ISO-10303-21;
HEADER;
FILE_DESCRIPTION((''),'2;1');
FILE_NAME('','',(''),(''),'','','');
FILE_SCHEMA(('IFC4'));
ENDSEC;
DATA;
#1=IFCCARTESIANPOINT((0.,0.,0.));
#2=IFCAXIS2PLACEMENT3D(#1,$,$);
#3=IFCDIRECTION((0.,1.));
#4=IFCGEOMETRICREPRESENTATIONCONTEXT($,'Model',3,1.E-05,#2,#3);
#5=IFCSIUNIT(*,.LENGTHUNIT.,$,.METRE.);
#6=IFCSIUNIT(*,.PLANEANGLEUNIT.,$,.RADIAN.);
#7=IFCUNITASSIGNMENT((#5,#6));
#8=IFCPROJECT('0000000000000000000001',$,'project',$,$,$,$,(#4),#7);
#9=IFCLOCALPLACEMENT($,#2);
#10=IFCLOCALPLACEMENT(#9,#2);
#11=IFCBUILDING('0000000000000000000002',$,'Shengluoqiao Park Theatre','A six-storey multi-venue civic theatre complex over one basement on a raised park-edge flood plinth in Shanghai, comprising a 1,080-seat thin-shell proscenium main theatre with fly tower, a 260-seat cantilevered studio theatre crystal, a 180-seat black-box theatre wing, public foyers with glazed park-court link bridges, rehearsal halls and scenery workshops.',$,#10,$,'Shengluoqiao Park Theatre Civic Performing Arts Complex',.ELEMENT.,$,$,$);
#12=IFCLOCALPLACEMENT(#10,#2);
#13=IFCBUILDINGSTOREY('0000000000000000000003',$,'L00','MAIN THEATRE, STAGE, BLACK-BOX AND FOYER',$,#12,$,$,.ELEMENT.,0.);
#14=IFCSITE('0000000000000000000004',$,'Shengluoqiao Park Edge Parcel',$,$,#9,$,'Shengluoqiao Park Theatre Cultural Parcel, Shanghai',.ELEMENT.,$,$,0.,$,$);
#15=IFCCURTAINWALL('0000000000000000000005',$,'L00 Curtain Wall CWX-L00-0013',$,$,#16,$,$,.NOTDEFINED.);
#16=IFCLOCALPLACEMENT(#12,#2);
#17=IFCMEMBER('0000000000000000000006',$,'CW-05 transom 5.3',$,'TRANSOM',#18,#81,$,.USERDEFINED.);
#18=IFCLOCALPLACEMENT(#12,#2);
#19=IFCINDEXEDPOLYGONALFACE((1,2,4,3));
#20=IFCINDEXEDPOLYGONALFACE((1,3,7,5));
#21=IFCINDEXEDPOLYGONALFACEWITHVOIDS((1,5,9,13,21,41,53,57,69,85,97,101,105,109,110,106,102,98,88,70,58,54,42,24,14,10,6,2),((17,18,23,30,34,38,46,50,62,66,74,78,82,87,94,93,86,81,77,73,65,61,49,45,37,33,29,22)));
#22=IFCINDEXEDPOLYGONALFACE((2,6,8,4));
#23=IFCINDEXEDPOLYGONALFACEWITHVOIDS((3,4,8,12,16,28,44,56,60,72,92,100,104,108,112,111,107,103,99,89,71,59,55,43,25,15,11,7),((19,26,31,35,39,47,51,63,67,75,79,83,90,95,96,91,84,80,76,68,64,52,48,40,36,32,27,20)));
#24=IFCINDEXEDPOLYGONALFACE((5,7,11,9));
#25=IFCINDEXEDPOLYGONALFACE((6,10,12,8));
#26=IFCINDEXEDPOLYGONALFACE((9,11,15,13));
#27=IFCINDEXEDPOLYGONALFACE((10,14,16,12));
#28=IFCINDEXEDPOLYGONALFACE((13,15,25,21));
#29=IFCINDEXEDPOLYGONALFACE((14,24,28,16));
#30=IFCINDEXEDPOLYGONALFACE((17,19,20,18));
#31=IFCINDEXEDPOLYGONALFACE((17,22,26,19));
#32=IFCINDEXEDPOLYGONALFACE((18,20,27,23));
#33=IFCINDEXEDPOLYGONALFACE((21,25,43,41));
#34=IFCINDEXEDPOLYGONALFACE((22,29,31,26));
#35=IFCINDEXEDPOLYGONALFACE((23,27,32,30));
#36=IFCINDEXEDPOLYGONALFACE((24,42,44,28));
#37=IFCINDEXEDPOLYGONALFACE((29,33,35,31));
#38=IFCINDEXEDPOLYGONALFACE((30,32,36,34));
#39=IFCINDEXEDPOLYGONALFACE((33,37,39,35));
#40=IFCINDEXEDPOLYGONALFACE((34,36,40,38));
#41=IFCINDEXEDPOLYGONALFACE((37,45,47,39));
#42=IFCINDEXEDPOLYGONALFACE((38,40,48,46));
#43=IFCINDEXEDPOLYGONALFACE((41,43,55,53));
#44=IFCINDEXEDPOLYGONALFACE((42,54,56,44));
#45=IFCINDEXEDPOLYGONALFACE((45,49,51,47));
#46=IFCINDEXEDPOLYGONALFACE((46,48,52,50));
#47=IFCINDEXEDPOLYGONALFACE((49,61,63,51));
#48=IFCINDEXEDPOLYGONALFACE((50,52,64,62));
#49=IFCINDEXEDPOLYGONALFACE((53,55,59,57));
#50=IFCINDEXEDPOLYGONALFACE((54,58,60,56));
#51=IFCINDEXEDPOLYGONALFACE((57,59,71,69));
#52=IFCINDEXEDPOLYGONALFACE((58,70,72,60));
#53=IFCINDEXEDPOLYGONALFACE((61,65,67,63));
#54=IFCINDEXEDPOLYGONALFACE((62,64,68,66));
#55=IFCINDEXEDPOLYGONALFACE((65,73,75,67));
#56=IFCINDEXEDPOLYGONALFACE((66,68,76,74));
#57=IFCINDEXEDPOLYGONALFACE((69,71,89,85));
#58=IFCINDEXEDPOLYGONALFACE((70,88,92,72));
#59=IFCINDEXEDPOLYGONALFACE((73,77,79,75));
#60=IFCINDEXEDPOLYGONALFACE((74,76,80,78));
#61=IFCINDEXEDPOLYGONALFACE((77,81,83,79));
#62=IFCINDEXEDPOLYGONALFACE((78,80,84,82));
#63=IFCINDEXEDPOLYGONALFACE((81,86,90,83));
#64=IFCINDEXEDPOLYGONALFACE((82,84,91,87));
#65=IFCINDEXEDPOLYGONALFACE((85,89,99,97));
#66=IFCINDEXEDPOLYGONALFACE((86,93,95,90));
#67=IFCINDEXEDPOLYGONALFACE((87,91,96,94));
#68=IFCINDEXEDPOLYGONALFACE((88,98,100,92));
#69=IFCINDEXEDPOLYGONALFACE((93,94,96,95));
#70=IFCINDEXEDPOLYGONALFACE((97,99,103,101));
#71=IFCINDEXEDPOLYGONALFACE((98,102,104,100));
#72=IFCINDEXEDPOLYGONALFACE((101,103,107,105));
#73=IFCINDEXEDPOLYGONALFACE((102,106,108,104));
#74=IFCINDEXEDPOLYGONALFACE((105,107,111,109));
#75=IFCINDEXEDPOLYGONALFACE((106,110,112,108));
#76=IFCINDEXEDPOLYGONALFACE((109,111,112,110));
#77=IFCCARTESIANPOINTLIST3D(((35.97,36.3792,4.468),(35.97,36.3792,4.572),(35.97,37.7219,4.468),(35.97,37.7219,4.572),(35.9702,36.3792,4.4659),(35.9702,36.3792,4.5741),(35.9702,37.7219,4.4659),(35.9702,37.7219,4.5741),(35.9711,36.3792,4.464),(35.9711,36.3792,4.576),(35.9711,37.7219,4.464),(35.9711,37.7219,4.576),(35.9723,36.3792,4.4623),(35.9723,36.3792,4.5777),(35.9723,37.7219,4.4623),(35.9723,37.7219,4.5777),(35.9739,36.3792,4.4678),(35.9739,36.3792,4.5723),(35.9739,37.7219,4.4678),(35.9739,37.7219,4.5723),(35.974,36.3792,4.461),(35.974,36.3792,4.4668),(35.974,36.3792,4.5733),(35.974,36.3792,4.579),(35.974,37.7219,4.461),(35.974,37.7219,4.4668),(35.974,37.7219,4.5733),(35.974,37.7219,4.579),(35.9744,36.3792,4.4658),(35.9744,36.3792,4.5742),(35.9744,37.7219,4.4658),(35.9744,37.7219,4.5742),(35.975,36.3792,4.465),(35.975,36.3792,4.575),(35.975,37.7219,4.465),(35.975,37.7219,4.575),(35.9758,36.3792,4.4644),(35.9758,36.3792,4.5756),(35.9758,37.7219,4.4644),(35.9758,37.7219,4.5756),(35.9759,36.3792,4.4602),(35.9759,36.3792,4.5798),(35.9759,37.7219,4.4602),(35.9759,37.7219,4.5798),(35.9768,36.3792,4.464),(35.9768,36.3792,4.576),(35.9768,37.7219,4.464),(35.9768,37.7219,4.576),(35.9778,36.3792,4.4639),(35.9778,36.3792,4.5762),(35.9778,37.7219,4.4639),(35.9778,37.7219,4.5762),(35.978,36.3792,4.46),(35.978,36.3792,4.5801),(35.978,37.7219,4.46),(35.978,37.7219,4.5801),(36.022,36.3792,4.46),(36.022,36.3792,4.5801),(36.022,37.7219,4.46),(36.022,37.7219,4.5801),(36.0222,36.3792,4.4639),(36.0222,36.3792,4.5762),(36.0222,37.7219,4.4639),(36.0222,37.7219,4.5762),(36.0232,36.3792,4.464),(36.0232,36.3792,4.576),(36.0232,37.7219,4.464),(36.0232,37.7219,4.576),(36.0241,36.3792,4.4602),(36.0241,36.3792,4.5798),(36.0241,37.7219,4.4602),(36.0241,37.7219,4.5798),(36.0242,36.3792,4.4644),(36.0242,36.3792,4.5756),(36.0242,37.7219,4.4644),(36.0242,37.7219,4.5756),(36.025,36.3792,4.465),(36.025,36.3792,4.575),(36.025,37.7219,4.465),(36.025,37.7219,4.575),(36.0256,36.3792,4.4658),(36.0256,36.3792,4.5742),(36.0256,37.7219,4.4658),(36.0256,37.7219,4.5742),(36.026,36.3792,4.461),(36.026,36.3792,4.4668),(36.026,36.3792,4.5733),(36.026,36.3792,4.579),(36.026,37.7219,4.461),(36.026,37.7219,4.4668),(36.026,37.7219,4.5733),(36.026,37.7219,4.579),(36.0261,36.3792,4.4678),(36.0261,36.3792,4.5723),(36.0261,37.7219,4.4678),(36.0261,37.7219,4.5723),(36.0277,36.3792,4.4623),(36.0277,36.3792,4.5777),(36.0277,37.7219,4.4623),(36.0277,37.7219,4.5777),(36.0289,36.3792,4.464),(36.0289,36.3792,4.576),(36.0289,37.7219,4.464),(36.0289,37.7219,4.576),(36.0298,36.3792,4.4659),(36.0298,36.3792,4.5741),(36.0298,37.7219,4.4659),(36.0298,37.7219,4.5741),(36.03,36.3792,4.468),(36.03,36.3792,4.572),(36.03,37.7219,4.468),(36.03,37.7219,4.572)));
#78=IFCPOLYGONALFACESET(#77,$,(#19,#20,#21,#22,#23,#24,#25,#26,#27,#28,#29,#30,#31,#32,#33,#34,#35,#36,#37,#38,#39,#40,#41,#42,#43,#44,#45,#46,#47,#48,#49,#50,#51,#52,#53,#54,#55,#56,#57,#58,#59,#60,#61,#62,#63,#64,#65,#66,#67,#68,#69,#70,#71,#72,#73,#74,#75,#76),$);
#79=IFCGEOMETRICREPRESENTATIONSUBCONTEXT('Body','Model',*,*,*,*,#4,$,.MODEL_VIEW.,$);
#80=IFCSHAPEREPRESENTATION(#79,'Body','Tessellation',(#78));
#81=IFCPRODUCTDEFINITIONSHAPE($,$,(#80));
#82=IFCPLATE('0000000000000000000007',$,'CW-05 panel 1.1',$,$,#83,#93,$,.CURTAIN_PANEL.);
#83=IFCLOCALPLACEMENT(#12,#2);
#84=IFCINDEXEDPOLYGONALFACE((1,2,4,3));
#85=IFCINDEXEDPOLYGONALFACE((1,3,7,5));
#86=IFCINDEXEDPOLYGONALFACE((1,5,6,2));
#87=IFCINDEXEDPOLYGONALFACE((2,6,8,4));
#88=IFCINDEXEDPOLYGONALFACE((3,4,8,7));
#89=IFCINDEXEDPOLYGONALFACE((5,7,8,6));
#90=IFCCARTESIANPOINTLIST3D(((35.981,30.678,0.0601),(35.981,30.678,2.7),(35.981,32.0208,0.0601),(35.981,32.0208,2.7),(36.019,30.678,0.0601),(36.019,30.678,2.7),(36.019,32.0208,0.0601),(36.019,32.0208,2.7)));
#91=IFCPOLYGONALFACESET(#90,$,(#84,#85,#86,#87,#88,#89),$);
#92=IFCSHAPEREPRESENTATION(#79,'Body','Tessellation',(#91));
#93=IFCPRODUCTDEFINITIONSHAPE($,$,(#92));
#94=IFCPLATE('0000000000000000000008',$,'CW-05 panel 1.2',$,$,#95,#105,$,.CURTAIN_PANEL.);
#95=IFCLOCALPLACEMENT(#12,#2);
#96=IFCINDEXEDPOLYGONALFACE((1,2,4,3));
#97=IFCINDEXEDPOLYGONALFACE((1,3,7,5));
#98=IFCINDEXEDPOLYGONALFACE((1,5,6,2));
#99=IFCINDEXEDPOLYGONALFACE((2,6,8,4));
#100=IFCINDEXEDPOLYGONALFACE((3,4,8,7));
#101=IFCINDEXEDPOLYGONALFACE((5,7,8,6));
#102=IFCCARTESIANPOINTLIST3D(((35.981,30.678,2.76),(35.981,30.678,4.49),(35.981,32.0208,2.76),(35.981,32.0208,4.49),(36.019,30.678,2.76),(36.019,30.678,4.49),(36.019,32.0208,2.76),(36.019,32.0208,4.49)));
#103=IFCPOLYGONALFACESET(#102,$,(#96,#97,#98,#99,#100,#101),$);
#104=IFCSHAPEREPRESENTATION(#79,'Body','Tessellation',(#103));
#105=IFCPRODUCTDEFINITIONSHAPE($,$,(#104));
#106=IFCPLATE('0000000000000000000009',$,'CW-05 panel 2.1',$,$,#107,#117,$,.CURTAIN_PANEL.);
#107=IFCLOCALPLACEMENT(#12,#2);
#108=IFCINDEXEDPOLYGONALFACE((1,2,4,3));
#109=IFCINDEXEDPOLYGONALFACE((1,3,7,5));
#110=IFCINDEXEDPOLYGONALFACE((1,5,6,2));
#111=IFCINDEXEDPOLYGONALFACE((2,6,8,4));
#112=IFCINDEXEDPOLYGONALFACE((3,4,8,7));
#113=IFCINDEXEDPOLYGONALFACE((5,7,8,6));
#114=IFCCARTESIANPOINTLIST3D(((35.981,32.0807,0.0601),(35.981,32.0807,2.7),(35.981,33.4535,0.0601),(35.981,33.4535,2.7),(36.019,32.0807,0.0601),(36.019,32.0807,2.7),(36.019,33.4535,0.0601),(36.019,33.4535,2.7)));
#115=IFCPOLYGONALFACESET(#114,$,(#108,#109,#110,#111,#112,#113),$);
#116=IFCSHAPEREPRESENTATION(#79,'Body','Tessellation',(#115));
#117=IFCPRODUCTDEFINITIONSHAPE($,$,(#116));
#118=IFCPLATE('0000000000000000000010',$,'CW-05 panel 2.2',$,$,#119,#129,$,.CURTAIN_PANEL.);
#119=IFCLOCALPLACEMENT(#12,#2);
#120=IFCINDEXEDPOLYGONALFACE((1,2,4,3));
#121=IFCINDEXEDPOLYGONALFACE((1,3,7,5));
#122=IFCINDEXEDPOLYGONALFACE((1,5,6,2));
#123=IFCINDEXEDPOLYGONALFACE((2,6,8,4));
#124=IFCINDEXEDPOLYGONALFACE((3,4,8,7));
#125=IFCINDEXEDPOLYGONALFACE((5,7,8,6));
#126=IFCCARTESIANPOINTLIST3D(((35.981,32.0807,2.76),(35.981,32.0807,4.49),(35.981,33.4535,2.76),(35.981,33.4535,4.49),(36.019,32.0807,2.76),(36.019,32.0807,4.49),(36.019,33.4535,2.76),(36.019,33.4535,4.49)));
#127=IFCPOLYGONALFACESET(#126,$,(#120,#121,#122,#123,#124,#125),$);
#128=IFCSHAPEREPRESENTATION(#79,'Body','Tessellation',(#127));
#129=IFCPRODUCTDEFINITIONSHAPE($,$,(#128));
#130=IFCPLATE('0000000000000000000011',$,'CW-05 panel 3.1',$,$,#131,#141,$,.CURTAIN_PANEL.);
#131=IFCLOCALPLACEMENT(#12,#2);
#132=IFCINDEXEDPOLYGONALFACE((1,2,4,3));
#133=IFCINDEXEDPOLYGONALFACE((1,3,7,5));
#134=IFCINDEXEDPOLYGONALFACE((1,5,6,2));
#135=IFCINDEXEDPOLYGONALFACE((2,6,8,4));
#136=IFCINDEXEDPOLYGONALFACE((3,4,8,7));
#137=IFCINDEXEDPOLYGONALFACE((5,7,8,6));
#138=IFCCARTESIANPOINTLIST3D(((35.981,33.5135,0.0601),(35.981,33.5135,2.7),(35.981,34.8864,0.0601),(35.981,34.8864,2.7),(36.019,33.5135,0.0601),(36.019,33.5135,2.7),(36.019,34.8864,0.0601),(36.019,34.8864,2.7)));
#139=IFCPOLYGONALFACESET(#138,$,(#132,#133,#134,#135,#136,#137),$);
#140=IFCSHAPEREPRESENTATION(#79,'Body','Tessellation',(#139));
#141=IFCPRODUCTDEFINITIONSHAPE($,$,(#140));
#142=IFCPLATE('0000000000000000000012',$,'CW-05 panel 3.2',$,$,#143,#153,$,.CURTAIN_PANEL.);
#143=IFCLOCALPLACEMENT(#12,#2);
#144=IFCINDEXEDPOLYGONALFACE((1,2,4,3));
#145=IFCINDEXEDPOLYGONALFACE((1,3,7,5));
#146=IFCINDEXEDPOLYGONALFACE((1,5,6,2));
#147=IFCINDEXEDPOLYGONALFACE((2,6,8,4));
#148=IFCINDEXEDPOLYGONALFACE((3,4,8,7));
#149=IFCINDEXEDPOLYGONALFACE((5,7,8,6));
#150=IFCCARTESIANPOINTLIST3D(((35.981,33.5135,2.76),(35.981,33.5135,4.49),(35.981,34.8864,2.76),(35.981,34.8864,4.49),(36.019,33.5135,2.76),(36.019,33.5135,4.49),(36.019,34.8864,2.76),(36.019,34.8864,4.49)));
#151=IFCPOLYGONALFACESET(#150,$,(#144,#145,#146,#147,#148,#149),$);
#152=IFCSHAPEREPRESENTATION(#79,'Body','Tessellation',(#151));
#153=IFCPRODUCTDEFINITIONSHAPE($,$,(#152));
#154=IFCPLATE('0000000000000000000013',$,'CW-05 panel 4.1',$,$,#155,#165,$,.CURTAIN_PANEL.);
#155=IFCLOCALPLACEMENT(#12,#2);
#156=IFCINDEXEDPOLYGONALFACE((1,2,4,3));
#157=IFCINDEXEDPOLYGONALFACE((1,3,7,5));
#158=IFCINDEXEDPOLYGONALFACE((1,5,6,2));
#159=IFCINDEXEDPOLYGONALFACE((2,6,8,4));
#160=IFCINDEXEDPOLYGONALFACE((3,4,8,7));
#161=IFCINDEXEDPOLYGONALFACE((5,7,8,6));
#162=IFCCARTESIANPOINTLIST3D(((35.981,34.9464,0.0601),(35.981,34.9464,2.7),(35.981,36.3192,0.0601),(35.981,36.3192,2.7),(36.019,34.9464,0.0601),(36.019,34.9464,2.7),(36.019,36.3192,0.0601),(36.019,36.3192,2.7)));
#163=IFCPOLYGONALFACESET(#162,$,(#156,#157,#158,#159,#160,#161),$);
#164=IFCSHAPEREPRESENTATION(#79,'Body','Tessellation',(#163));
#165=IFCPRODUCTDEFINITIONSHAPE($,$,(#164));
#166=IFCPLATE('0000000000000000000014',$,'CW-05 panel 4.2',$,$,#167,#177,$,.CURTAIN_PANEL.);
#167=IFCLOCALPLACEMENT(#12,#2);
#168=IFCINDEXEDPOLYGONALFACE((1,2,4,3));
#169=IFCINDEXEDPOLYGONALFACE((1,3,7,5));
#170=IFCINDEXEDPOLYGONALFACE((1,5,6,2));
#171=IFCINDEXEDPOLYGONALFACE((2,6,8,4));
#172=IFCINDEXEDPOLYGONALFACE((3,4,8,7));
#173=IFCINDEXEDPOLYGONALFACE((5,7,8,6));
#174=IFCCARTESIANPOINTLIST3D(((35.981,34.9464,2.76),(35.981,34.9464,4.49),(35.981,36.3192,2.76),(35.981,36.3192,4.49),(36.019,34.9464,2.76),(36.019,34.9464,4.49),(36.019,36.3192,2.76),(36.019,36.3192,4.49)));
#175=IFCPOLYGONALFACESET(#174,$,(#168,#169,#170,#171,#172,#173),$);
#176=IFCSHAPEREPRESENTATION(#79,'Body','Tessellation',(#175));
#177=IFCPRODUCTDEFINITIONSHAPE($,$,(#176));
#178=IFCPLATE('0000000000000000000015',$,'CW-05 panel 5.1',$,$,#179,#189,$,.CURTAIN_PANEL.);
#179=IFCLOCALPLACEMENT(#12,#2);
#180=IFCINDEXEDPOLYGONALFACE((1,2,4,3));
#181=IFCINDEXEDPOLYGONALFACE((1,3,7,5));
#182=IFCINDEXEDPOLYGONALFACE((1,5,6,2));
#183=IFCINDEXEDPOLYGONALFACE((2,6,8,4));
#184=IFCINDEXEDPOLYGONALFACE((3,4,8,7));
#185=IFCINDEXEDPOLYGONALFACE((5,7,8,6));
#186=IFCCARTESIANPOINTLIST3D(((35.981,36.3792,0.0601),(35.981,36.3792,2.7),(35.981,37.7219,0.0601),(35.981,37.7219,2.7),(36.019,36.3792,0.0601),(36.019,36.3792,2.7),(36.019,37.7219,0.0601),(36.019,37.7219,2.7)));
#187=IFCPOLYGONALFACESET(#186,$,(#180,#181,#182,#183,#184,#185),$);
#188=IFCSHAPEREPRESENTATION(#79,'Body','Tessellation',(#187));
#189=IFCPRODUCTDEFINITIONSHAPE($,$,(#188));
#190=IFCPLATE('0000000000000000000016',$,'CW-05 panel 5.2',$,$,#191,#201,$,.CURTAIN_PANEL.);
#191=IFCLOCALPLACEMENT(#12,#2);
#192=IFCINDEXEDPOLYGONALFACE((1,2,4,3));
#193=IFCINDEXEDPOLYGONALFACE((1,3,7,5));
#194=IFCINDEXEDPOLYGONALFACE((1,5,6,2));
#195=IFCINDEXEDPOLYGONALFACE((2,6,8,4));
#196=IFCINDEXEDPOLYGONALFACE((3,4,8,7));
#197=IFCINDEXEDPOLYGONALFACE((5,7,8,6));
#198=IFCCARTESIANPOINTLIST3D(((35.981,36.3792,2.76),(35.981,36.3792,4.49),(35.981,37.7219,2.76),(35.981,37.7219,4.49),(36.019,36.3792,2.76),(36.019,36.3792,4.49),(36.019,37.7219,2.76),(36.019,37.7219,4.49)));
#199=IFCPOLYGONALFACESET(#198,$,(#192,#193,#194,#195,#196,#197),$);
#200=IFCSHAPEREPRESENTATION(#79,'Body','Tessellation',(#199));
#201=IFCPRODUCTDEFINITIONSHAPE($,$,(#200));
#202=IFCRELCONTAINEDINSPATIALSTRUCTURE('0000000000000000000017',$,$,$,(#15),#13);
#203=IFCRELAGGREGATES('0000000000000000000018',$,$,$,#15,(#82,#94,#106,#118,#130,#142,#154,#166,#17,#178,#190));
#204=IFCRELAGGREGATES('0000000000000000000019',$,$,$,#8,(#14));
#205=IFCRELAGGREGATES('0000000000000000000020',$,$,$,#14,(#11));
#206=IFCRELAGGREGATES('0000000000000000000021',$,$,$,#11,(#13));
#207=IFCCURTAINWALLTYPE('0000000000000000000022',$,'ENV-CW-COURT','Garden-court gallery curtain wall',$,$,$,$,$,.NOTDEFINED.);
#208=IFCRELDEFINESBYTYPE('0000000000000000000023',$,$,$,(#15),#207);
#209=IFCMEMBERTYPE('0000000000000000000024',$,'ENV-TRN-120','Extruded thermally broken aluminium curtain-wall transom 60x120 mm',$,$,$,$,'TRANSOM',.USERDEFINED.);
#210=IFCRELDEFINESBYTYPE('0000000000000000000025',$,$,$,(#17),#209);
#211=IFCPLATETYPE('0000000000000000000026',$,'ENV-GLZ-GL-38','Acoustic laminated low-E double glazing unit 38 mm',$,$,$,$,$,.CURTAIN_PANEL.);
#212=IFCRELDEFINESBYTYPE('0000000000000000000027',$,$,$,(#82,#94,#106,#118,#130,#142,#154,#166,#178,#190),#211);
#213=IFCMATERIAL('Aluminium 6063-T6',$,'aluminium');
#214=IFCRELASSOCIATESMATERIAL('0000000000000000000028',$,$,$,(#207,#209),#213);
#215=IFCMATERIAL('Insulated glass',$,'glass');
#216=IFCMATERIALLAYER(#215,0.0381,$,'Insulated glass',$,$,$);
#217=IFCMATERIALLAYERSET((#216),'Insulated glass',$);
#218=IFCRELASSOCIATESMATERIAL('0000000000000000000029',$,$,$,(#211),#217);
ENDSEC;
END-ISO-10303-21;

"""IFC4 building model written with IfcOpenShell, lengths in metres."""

from ifc_helpers import new_model, si_unit, direction, frame, origin, origin_2d, place, context, subcontext, project, spatial, rectangle, hollow_rectangle, extrude, material, layer, layer_set, material_profile, profile_set, type_object, element, aggregate, save


model = new_model("IFC4")

# Units and contexts
model_context = context("Model", 3, precision=1e-05, world=origin(), true_north=direction((0.0, 1.0)))
body_context = subcontext(model_context, "Body", "Model", "MODEL_VIEW")
ifc_project = project(units=[si_unit("LENGTHUNIT", "METRE"), si_unit("PLANEANGLEUNIT", "RADIAN")], contexts=[model_context])

# Site, building, storey
site_placement = place(None, origin())
site = spatial("IfcSite", under=ifc_project, at=site_placement, Name="Shengluoqiao Park Edge Parcel", LongName="Shengluoqiao Park Theatre Cultural Parcel, Shanghai", CompositionType="ELEMENT", RefElevation=0.0)
building_placement = place(site_placement, origin())
building = spatial("IfcBuilding", under=site, at=building_placement, Name="Shengluoqiao Park Theatre", Description="A six-storey multi-venue civic theatre complex over one basement on a raised park-edge flood plinth in Shanghai, comprising a 1,080-seat thin-shell proscenium main theatre with fly tower, a 260-seat cantilevered studio theatre crystal, a 180-seat black-box theatre wing, public foyers with glazed park-court link bridges, rehearsal halls and scenery workshops.", LongName="Shengluoqiao Park Theatre Civic Performing Arts Complex", CompositionType="ELEMENT")
storey_placement = place(building_placement, origin())
storey = spatial("IfcBuildingStorey", under=building, at=storey_placement, Name="L00", Description="MAIN THEATRE, STAGE, BLACK-BOX AND FOYER", CompositionType="ELEMENT", Elevation=0.0)

# Curtain wall, member, plates
ifc_material_1 = material(Name="Aluminium 6063-T6", Category="aluminium")
curtain_wall_type = type_object("IfcCurtainWallType", Name="ENV-CW-COURT", Description="Garden-court gallery curtain wall", PredefinedType="NOTDEFINED", material=ifc_material_1)
curtain_wall_placement = place(storey_placement, origin())
curtain_wall = element("IfcCurtainWall", 1, at=curtain_wall_placement, inside=storey, type_object=curtain_wall_type, Name="L00 Curtain Wall CWX-L00-0013", PredefinedType="NOTDEFINED")
ifc_material_profile_1 = material_profile(ifc_material_1, hollow_rectangle(XDim=0.0601, YDim=0.1201, WallThickness=0.0039, InnerFilletRadius=0.0039, OuterFilletRadius=0.0081, at=origin_2d()), Name="ALU TRANSOM 120x60x4")
ifc_profile_set_1 = profile_set([ifc_material_profile_1], Name="Aluminium 6063-T6")
member_type_1 = type_object("IfcMemberType", Name="ENV-TRN-120", Description="Extruded thermally broken aluminium curtain-wall transom 60x120 mm", ElementType="TRANSOM", PredefinedType="USERDEFINED", material=ifc_profile_set_1)
member_1_placement = place(storey_placement, frame((36.0, 36.3792, 4.52), z_axis=(0.0, 1.0, 0.0), x_axis=(-1.0, 0.0, 0.0)))
member_1 = element("IfcMember", 2, at=member_1_placement, type_object=member_type_1, Name="CW-05 transom 5.3", ObjectType="TRANSOM", PredefinedType="USERDEFINED", context=body_context, shape_type="SweptSolid", body=[
    extrude(hollow_rectangle(XDim=0.0601, YDim=0.1201, WallThickness=0.0039, InnerFilletRadius=0.0039, OuterFilletRadius=0.0081, at=origin_2d()), origin(), (0.0, 0.0, 1.0), 1.3428),
])
ifc_material_2 = material(Name="Insulated glass", Category="glass")
ifc_layer_1 = layer(ifc_material_2, 0.0381, Name="Insulated glass")
ifc_layer_set_1 = layer_set([ifc_layer_1], Name="Insulated glass")
plate_type = type_object("IfcPlateType", Name="ENV-GLZ-GL-38", Description="Acoustic laminated low-E double glazing unit 38 mm", PredefinedType="CURTAIN_PANEL", material=ifc_layer_set_1)
plate_1_placement = place(storey_placement, frame((36.0, 31.3494, 0.0601), z_axis=(0.0, 0.0, 1.0), x_axis=(0.0, 1.0, 0.0)))
plate_1 = element("IfcPlate", 3, at=plate_1_placement, type_object=plate_type, Name="CW-05 panel 1.1", PredefinedType="CURTAIN_PANEL", context=body_context, shape_type="SweptSolid", body=[
    extrude(rectangle(XDim=1.3428, YDim=0.0381, at=origin_2d()), origin(), (0.0, 0.0, 1.0), 2.6399),
])
plate_2_placement = place(storey_placement, frame((36.0, 31.3494, 2.76), z_axis=(0.0, 0.0, 1.0), x_axis=(0.0, 1.0, 0.0)))
plate_2 = element("IfcPlate", 4, at=plate_2_placement, type_object=plate_type, Name="CW-05 panel 1.2", PredefinedType="CURTAIN_PANEL", context=body_context, shape_type="SweptSolid", body=[
    extrude(rectangle(XDim=1.3428, YDim=0.0381, at=origin_2d()), origin(), (0.0, 0.0, 1.0), 1.73),
])
plate_3_placement = place(storey_placement, frame((36.0, 32.7671, 0.0601), z_axis=(0.0, 0.0, 1.0), x_axis=(0.0, 1.0, 0.0)))
plate_3 = element("IfcPlate", 5, at=plate_3_placement, type_object=plate_type, Name="CW-05 panel 2.1", PredefinedType="CURTAIN_PANEL", context=body_context, shape_type="SweptSolid", body=[
    extrude(rectangle(XDim=1.3728, YDim=0.0381, at=origin_2d()), origin(), (0.0, 0.0, 1.0), 2.6399),
])
plate_4_placement = place(storey_placement, frame((36.0, 32.7671, 2.76), z_axis=(0.0, 0.0, 1.0), x_axis=(0.0, 1.0, 0.0)))
plate_4 = element("IfcPlate", 6, at=plate_4_placement, type_object=plate_type, Name="CW-05 panel 2.2", PredefinedType="CURTAIN_PANEL", context=body_context, shape_type="SweptSolid", body=[
    extrude(rectangle(XDim=1.3728, YDim=0.0381, at=origin_2d()), origin(), (0.0, 0.0, 1.0), 1.73),
])
plate_5_placement = place(storey_placement, frame((36.0, 34.2, 0.0601), z_axis=(0.0, 0.0, 1.0), x_axis=(0.0, 1.0, 0.0)))
plate_5 = element("IfcPlate", 7, at=plate_5_placement, type_object=plate_type, Name="CW-05 panel 3.1", PredefinedType="CURTAIN_PANEL", context=body_context, shape_type="SweptSolid", body=[
    extrude(rectangle(XDim=1.3728, YDim=0.0381, at=origin_2d()), origin(), (0.0, 0.0, 1.0), 2.6399),
])
plate_6_placement = place(storey_placement, frame((36.0, 34.2, 2.76), z_axis=(0.0, 0.0, 1.0), x_axis=(0.0, 1.0, 0.0)))
plate_6 = element("IfcPlate", 8, at=plate_6_placement, type_object=plate_type, Name="CW-05 panel 3.2", PredefinedType="CURTAIN_PANEL", context=body_context, shape_type="SweptSolid", body=[
    extrude(rectangle(XDim=1.3728, YDim=0.0381, at=origin_2d()), origin(), (0.0, 0.0, 1.0), 1.73),
])
plate_7_placement = place(storey_placement, frame((36.0, 35.6328, 0.0601), z_axis=(0.0, 0.0, 1.0), x_axis=(0.0, 1.0, 0.0)))
plate_7 = element("IfcPlate", 9, at=plate_7_placement, type_object=plate_type, Name="CW-05 panel 4.1", PredefinedType="CURTAIN_PANEL", context=body_context, shape_type="SweptSolid", body=[
    extrude(rectangle(XDim=1.3728, YDim=0.0381, at=origin_2d()), origin(), (0.0, 0.0, 1.0), 2.6399),
])
plate_8_placement = place(storey_placement, frame((36.0, 35.6328, 2.76), z_axis=(0.0, 0.0, 1.0), x_axis=(0.0, 1.0, 0.0)))
plate_8 = element("IfcPlate", 10, at=plate_8_placement, type_object=plate_type, Name="CW-05 panel 4.2", PredefinedType="CURTAIN_PANEL", context=body_context, shape_type="SweptSolid", body=[
    extrude(rectangle(XDim=1.3728, YDim=0.0381, at=origin_2d()), origin(), (0.0, 0.0, 1.0), 1.73),
])
plate_9_placement = place(storey_placement, frame((36.0, 37.0505, 0.0601), z_axis=(0.0, 0.0, 1.0), x_axis=(0.0, 1.0, 0.0)))
plate_9 = element("IfcPlate", 11, at=plate_9_placement, type_object=plate_type, Name="CW-05 panel 5.1", PredefinedType="CURTAIN_PANEL", context=body_context, shape_type="SweptSolid", body=[
    extrude(rectangle(XDim=1.3428, YDim=0.0381, at=origin_2d()), origin(), (0.0, 0.0, 1.0), 2.6399),
])
plate_10_placement = place(storey_placement, frame((36.0, 37.0505, 2.76), z_axis=(0.0, 0.0, 1.0), x_axis=(0.0, 1.0, 0.0)))
plate_10 = element("IfcPlate", 12, at=plate_10_placement, type_object=plate_type, Name="CW-05 panel 5.2", PredefinedType="CURTAIN_PANEL", context=body_context, shape_type="SweptSolid", body=[
    extrude(rectangle(XDim=1.3428, YDim=0.0381, at=origin_2d()), origin(), (0.0, 0.0, 1.0), 1.73),
])
aggregate(curtain_wall, [plate_1, plate_2, plate_3, plate_4, plate_5, plate_6, plate_7, plate_8, member_1, plate_9, plate_10])

save(model, "model.ifc")
